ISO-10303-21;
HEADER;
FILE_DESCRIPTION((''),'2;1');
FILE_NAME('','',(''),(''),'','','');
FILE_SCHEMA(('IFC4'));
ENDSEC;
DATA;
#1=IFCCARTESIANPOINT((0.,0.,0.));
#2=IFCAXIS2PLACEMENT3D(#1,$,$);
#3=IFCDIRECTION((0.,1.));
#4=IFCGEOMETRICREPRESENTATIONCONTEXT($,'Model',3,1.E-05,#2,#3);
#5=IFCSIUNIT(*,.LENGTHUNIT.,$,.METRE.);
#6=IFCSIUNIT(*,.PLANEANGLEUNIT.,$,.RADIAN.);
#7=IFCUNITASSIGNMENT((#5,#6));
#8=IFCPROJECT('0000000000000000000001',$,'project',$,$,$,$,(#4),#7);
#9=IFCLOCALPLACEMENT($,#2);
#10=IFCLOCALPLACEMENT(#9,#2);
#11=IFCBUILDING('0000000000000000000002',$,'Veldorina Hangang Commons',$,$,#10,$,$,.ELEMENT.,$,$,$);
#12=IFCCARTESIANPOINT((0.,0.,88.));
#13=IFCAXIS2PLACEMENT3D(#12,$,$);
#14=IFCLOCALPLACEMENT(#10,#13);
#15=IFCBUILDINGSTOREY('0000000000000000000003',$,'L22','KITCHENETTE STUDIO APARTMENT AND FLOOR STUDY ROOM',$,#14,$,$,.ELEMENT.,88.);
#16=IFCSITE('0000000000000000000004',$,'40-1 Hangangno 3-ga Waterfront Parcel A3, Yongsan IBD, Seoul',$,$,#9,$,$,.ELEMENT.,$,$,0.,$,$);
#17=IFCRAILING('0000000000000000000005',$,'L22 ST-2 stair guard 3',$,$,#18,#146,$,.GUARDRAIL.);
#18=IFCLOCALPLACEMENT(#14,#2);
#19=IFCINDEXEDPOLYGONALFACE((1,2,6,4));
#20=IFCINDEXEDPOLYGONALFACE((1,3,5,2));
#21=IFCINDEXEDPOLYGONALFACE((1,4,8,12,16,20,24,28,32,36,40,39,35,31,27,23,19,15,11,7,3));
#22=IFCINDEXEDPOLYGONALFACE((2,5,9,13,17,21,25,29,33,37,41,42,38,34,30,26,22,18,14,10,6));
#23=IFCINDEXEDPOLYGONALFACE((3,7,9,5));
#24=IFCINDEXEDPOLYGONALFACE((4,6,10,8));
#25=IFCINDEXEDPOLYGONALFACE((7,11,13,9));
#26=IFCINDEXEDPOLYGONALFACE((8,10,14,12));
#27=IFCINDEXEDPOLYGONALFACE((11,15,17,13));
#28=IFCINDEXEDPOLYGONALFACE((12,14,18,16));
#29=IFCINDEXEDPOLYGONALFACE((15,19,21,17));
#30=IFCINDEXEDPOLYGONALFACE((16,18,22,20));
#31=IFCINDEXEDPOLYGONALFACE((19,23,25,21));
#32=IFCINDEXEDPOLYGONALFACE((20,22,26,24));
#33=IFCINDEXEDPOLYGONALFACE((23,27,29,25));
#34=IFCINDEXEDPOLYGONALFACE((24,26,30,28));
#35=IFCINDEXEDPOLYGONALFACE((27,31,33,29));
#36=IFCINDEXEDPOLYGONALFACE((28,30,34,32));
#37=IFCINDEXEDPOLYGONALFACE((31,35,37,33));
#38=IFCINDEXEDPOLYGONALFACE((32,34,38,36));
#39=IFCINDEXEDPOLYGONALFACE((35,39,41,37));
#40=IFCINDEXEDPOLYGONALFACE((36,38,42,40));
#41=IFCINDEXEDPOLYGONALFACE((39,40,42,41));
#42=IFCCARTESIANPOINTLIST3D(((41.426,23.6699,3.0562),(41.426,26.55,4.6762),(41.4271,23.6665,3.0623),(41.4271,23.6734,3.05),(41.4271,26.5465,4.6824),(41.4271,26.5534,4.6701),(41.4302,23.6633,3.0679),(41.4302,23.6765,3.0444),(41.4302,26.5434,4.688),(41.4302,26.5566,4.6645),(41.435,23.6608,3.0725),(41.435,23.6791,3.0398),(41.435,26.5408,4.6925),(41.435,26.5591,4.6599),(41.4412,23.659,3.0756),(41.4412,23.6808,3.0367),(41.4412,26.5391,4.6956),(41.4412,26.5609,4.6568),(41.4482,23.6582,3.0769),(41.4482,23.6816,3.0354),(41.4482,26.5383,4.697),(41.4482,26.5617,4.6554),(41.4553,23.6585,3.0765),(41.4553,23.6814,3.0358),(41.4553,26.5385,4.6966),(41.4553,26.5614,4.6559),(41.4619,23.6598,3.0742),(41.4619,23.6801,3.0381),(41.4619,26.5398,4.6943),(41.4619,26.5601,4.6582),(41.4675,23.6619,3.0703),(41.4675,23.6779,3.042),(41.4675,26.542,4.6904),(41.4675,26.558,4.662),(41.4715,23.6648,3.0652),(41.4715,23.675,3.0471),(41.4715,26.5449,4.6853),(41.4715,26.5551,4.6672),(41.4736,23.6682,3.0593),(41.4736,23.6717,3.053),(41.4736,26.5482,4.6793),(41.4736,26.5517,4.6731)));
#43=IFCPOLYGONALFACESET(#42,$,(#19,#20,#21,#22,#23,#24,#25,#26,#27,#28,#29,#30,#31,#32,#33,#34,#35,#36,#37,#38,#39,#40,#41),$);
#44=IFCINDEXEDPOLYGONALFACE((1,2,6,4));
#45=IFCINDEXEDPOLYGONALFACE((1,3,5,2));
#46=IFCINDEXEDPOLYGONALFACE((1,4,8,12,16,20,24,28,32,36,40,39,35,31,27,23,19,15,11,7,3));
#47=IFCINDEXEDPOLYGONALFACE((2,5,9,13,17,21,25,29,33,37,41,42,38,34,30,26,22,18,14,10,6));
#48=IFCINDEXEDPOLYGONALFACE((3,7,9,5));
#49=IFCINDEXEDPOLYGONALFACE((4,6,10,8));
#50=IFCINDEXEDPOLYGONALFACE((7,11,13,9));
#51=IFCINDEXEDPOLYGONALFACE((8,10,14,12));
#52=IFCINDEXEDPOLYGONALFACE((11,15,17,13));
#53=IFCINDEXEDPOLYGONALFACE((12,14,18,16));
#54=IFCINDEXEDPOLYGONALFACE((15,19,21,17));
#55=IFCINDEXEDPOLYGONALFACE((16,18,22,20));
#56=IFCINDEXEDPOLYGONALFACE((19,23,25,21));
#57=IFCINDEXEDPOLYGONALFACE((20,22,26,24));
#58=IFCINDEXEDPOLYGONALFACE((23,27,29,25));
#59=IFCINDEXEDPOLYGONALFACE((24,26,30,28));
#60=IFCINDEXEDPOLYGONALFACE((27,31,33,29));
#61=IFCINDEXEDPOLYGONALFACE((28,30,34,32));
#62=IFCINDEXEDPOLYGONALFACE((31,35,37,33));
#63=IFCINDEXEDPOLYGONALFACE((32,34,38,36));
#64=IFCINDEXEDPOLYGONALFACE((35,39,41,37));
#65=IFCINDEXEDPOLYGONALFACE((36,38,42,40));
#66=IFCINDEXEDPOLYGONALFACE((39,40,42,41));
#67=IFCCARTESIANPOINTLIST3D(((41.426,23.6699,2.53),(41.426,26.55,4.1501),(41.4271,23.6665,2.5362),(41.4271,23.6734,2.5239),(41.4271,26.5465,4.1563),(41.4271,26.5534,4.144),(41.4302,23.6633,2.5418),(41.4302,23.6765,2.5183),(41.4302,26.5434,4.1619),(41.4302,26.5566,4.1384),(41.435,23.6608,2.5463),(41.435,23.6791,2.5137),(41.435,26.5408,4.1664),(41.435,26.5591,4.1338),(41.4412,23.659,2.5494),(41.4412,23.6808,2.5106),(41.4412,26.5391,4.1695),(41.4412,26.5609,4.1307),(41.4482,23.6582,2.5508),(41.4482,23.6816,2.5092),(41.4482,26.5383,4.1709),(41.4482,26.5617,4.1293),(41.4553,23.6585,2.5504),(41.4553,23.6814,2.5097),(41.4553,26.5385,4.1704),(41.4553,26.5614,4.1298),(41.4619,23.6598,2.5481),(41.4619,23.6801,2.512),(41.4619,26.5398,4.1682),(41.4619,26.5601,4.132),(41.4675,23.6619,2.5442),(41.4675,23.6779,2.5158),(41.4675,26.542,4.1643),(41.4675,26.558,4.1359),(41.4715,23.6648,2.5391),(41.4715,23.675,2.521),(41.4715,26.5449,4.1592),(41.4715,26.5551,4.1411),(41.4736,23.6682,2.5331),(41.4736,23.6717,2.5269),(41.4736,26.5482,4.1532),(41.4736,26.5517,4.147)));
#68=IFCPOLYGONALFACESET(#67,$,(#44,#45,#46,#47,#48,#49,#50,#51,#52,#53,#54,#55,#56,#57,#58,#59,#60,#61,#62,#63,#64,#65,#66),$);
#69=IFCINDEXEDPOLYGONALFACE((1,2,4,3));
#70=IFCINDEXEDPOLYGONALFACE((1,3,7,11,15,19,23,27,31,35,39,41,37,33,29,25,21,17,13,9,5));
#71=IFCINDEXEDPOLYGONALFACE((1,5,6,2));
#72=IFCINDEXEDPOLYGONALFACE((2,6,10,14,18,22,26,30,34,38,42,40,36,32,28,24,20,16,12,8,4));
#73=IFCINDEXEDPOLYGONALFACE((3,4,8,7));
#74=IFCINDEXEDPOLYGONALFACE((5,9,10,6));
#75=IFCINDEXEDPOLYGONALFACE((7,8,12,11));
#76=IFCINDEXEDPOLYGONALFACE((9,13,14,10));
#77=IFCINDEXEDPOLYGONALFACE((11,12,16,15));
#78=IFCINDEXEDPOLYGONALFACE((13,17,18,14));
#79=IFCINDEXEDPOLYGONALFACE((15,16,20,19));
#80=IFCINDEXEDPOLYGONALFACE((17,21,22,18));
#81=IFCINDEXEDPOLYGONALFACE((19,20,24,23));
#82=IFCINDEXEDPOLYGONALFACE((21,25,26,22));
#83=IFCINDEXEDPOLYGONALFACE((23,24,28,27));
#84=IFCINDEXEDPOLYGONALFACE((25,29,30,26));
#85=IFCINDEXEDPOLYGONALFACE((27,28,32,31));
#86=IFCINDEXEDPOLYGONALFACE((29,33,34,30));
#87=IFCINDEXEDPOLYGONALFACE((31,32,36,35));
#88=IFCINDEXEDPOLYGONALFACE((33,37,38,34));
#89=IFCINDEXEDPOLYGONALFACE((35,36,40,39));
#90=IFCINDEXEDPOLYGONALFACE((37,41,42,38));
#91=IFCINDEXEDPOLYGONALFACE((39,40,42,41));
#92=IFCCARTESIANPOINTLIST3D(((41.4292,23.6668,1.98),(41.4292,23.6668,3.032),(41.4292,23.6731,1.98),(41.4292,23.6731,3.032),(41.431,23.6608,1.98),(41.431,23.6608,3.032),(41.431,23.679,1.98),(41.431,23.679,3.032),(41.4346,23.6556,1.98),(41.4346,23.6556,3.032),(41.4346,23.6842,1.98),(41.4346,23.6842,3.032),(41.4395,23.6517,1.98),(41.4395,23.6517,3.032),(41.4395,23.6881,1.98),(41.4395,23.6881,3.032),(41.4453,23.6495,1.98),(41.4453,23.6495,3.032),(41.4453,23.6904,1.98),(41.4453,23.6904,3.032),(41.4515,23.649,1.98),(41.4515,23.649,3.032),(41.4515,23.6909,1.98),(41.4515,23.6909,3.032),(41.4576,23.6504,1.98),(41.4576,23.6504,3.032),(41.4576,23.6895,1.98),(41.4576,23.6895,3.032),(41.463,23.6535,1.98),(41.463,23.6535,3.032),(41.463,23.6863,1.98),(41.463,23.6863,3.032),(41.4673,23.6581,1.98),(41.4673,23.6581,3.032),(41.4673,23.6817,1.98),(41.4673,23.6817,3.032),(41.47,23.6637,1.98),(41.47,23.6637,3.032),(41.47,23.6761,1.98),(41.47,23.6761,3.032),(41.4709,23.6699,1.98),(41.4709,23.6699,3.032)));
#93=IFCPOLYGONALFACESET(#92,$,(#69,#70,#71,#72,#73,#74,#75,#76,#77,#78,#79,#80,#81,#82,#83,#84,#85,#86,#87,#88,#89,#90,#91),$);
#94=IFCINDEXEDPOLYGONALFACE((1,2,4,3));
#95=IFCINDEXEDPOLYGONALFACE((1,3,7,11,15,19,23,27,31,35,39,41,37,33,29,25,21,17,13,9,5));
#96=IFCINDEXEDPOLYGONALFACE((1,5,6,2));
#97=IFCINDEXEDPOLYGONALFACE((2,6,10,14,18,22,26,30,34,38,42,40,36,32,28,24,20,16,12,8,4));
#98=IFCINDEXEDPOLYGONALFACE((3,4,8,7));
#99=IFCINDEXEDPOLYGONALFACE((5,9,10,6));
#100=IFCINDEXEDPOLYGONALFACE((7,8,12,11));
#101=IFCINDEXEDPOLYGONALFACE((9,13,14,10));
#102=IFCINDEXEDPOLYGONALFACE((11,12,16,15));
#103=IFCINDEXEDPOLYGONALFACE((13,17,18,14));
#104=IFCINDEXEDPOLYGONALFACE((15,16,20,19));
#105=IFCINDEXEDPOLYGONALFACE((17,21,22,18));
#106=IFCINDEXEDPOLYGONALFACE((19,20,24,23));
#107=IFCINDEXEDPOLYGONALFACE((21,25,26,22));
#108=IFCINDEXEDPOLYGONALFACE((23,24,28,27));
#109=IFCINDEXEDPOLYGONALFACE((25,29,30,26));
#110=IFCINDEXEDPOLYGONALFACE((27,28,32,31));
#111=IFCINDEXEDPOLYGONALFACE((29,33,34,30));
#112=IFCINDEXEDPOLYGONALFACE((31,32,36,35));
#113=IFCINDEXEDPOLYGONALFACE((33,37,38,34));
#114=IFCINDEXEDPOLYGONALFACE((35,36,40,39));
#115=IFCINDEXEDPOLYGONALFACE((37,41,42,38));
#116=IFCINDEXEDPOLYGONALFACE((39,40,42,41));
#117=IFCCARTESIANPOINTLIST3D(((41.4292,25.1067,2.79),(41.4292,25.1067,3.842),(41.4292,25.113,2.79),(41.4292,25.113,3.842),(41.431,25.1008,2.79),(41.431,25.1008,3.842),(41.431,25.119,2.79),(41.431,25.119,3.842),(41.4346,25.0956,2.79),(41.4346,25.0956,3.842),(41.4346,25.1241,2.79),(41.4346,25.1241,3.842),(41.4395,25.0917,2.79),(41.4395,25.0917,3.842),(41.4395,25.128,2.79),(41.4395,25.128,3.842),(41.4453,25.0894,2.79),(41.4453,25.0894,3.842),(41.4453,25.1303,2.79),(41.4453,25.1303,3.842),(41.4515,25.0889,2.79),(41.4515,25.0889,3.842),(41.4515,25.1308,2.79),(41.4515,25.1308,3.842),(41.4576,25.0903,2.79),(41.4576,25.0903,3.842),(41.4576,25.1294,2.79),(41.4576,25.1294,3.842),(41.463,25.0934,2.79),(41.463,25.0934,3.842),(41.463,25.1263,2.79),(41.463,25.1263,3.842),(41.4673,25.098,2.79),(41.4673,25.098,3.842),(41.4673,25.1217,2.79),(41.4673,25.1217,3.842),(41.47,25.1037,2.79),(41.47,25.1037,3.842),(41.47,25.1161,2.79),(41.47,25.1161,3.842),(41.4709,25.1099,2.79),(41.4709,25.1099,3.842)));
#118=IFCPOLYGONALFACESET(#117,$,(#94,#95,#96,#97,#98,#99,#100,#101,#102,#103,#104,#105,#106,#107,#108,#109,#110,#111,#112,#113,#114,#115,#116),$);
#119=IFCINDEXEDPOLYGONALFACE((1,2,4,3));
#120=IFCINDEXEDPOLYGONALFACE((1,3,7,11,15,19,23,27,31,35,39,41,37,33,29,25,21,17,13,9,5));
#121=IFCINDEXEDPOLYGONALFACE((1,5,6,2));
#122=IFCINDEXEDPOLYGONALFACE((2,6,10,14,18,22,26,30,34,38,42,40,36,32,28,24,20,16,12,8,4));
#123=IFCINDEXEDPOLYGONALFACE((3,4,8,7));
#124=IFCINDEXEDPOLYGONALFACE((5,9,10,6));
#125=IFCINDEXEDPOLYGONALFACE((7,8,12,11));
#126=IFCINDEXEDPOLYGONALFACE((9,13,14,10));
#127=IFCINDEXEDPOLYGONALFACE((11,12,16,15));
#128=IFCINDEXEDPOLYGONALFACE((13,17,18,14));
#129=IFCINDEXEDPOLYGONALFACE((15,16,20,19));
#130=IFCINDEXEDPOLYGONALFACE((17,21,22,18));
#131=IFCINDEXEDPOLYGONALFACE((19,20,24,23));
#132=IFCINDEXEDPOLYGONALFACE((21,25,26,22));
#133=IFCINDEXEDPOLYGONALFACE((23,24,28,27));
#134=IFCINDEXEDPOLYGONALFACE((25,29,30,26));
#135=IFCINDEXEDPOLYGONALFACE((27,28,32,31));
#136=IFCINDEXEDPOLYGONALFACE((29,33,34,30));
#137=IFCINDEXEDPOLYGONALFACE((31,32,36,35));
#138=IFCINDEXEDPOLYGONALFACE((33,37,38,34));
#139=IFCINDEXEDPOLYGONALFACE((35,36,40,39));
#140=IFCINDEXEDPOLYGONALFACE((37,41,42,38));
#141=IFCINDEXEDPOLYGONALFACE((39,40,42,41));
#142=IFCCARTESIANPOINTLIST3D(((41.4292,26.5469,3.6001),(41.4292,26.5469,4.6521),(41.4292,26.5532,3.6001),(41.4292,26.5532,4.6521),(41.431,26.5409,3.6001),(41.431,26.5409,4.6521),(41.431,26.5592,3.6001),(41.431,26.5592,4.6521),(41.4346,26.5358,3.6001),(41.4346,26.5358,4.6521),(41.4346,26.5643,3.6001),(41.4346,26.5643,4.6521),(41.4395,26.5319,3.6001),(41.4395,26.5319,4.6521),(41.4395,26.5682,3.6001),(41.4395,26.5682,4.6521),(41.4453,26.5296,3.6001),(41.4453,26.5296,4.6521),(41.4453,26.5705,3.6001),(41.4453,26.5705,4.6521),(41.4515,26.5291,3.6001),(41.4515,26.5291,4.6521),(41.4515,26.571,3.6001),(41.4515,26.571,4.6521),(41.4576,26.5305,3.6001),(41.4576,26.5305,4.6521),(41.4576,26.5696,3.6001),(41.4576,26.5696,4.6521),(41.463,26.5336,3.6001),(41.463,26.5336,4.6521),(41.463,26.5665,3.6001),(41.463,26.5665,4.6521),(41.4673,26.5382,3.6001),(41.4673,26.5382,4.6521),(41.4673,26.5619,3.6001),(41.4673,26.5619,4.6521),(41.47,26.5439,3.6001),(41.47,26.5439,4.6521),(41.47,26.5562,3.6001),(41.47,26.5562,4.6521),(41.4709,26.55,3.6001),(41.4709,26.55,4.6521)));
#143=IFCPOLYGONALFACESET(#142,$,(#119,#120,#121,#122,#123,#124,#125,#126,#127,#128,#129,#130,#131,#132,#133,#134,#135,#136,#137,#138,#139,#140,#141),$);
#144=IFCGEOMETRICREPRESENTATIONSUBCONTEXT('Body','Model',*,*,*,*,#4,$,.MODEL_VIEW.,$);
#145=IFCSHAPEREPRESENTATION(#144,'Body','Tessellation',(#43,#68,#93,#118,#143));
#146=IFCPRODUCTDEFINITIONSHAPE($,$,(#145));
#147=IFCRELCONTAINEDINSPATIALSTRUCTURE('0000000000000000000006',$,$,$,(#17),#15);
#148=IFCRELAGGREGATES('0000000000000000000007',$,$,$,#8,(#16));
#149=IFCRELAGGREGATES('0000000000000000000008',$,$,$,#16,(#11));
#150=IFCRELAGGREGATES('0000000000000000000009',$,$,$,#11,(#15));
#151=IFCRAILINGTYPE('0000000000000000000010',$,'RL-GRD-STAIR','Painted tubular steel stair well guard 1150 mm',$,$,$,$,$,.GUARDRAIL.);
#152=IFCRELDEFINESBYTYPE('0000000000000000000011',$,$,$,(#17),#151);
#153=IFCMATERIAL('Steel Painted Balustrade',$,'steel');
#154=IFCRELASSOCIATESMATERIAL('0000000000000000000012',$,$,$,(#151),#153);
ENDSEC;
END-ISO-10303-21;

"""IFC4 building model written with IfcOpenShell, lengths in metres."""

from ifc_helpers import new_model, si_unit, direction, frame, origin, origin_2d, place, context, subcontext, project, spatial, circle, extrude, material, type_object, element, save


model = new_model("IFC4")

# Units and contexts
model_context = context("Model", 3, precision=1e-05, world=origin(), true_north=direction((0.0, 1.0)))
body_context = subcontext(model_context, "Body", "Model", "MODEL_VIEW")
ifc_project = project(units=[si_unit("LENGTHUNIT", "METRE"), si_unit("PLANEANGLEUNIT", "RADIAN")], contexts=[model_context])

# Site, building, storey
site_placement = place(None, origin())
site = spatial("IfcSite", under=ifc_project, at=site_placement, Name="40-1 Hangangno 3-ga Waterfront Parcel A3, Yongsan IBD, Seoul", CompositionType="ELEMENT", RefElevation=0.0)
building_placement = place(site_placement, origin())
building = spatial("IfcBuilding", under=site, at=building_placement, Name="Veldorina Hangang Commons", CompositionType="ELEMENT")
storey_placement = place(building_placement, frame((0.0, 0.0, 88.0)))
storey = spatial("IfcBuildingStorey", under=building, at=storey_placement, Name="L22", Description="KITCHENETTE STUDIO APARTMENT AND FLOOR STUDY ROOM", CompositionType="ELEMENT", Elevation=88.0)

# Railing
ifc_material_1 = material(Name="Steel Painted Balustrade", Category="steel")
railing_type_1 = type_object("IfcRailingType", Name="RL-GRD-STAIR", Description="Painted tubular steel stair well guard 1150 mm", PredefinedType="GUARDRAIL", material=ifc_material_1)
railing_1_placement = place(storey_placement, frame((41.45, 23.6699, 1.98)))
element("IfcRailing", 1, at=railing_1_placement, inside=storey, type_object=railing_type_1, Name="L22 ST-2 stair guard 3", PredefinedType="GUARDRAIL", context=body_context, shape_type="SweptSolid", body=[
    extrude(circle(Radius=0.0239, at=origin_2d()), frame((0.0, 0.0, 1.0762), z_axis=(0.0, 0.87157, 0.490272), x_axis=(-1.0, 0.0, 0.0)), (0.0, 0.0, 1.0), 3.3044),
    extrude(circle(Radius=0.0239, at=origin_2d()), frame((0.0, 0.0, 0.55), z_axis=(0.0, 0.87157, 0.490272), x_axis=(-1.0, 0.0, 0.0)), (0.0, 0.0, 1.0), 3.3044),
    extrude(circle(Radius=0.021, at=origin_2d()), origin(), (0.0, 0.0, 1.0), 1.052),
    extrude(circle(Radius=0.021, at=origin_2d()), frame((0.0, 1.4399, 0.8101)), (0.0, 0.0, 1.0), 1.052),
    extrude(circle(Radius=0.021, at=origin_2d()), frame((0.0, 2.8801, 1.6201)), (0.0, 0.0, 1.0), 1.052),
])

save(model, "model.ifc")
